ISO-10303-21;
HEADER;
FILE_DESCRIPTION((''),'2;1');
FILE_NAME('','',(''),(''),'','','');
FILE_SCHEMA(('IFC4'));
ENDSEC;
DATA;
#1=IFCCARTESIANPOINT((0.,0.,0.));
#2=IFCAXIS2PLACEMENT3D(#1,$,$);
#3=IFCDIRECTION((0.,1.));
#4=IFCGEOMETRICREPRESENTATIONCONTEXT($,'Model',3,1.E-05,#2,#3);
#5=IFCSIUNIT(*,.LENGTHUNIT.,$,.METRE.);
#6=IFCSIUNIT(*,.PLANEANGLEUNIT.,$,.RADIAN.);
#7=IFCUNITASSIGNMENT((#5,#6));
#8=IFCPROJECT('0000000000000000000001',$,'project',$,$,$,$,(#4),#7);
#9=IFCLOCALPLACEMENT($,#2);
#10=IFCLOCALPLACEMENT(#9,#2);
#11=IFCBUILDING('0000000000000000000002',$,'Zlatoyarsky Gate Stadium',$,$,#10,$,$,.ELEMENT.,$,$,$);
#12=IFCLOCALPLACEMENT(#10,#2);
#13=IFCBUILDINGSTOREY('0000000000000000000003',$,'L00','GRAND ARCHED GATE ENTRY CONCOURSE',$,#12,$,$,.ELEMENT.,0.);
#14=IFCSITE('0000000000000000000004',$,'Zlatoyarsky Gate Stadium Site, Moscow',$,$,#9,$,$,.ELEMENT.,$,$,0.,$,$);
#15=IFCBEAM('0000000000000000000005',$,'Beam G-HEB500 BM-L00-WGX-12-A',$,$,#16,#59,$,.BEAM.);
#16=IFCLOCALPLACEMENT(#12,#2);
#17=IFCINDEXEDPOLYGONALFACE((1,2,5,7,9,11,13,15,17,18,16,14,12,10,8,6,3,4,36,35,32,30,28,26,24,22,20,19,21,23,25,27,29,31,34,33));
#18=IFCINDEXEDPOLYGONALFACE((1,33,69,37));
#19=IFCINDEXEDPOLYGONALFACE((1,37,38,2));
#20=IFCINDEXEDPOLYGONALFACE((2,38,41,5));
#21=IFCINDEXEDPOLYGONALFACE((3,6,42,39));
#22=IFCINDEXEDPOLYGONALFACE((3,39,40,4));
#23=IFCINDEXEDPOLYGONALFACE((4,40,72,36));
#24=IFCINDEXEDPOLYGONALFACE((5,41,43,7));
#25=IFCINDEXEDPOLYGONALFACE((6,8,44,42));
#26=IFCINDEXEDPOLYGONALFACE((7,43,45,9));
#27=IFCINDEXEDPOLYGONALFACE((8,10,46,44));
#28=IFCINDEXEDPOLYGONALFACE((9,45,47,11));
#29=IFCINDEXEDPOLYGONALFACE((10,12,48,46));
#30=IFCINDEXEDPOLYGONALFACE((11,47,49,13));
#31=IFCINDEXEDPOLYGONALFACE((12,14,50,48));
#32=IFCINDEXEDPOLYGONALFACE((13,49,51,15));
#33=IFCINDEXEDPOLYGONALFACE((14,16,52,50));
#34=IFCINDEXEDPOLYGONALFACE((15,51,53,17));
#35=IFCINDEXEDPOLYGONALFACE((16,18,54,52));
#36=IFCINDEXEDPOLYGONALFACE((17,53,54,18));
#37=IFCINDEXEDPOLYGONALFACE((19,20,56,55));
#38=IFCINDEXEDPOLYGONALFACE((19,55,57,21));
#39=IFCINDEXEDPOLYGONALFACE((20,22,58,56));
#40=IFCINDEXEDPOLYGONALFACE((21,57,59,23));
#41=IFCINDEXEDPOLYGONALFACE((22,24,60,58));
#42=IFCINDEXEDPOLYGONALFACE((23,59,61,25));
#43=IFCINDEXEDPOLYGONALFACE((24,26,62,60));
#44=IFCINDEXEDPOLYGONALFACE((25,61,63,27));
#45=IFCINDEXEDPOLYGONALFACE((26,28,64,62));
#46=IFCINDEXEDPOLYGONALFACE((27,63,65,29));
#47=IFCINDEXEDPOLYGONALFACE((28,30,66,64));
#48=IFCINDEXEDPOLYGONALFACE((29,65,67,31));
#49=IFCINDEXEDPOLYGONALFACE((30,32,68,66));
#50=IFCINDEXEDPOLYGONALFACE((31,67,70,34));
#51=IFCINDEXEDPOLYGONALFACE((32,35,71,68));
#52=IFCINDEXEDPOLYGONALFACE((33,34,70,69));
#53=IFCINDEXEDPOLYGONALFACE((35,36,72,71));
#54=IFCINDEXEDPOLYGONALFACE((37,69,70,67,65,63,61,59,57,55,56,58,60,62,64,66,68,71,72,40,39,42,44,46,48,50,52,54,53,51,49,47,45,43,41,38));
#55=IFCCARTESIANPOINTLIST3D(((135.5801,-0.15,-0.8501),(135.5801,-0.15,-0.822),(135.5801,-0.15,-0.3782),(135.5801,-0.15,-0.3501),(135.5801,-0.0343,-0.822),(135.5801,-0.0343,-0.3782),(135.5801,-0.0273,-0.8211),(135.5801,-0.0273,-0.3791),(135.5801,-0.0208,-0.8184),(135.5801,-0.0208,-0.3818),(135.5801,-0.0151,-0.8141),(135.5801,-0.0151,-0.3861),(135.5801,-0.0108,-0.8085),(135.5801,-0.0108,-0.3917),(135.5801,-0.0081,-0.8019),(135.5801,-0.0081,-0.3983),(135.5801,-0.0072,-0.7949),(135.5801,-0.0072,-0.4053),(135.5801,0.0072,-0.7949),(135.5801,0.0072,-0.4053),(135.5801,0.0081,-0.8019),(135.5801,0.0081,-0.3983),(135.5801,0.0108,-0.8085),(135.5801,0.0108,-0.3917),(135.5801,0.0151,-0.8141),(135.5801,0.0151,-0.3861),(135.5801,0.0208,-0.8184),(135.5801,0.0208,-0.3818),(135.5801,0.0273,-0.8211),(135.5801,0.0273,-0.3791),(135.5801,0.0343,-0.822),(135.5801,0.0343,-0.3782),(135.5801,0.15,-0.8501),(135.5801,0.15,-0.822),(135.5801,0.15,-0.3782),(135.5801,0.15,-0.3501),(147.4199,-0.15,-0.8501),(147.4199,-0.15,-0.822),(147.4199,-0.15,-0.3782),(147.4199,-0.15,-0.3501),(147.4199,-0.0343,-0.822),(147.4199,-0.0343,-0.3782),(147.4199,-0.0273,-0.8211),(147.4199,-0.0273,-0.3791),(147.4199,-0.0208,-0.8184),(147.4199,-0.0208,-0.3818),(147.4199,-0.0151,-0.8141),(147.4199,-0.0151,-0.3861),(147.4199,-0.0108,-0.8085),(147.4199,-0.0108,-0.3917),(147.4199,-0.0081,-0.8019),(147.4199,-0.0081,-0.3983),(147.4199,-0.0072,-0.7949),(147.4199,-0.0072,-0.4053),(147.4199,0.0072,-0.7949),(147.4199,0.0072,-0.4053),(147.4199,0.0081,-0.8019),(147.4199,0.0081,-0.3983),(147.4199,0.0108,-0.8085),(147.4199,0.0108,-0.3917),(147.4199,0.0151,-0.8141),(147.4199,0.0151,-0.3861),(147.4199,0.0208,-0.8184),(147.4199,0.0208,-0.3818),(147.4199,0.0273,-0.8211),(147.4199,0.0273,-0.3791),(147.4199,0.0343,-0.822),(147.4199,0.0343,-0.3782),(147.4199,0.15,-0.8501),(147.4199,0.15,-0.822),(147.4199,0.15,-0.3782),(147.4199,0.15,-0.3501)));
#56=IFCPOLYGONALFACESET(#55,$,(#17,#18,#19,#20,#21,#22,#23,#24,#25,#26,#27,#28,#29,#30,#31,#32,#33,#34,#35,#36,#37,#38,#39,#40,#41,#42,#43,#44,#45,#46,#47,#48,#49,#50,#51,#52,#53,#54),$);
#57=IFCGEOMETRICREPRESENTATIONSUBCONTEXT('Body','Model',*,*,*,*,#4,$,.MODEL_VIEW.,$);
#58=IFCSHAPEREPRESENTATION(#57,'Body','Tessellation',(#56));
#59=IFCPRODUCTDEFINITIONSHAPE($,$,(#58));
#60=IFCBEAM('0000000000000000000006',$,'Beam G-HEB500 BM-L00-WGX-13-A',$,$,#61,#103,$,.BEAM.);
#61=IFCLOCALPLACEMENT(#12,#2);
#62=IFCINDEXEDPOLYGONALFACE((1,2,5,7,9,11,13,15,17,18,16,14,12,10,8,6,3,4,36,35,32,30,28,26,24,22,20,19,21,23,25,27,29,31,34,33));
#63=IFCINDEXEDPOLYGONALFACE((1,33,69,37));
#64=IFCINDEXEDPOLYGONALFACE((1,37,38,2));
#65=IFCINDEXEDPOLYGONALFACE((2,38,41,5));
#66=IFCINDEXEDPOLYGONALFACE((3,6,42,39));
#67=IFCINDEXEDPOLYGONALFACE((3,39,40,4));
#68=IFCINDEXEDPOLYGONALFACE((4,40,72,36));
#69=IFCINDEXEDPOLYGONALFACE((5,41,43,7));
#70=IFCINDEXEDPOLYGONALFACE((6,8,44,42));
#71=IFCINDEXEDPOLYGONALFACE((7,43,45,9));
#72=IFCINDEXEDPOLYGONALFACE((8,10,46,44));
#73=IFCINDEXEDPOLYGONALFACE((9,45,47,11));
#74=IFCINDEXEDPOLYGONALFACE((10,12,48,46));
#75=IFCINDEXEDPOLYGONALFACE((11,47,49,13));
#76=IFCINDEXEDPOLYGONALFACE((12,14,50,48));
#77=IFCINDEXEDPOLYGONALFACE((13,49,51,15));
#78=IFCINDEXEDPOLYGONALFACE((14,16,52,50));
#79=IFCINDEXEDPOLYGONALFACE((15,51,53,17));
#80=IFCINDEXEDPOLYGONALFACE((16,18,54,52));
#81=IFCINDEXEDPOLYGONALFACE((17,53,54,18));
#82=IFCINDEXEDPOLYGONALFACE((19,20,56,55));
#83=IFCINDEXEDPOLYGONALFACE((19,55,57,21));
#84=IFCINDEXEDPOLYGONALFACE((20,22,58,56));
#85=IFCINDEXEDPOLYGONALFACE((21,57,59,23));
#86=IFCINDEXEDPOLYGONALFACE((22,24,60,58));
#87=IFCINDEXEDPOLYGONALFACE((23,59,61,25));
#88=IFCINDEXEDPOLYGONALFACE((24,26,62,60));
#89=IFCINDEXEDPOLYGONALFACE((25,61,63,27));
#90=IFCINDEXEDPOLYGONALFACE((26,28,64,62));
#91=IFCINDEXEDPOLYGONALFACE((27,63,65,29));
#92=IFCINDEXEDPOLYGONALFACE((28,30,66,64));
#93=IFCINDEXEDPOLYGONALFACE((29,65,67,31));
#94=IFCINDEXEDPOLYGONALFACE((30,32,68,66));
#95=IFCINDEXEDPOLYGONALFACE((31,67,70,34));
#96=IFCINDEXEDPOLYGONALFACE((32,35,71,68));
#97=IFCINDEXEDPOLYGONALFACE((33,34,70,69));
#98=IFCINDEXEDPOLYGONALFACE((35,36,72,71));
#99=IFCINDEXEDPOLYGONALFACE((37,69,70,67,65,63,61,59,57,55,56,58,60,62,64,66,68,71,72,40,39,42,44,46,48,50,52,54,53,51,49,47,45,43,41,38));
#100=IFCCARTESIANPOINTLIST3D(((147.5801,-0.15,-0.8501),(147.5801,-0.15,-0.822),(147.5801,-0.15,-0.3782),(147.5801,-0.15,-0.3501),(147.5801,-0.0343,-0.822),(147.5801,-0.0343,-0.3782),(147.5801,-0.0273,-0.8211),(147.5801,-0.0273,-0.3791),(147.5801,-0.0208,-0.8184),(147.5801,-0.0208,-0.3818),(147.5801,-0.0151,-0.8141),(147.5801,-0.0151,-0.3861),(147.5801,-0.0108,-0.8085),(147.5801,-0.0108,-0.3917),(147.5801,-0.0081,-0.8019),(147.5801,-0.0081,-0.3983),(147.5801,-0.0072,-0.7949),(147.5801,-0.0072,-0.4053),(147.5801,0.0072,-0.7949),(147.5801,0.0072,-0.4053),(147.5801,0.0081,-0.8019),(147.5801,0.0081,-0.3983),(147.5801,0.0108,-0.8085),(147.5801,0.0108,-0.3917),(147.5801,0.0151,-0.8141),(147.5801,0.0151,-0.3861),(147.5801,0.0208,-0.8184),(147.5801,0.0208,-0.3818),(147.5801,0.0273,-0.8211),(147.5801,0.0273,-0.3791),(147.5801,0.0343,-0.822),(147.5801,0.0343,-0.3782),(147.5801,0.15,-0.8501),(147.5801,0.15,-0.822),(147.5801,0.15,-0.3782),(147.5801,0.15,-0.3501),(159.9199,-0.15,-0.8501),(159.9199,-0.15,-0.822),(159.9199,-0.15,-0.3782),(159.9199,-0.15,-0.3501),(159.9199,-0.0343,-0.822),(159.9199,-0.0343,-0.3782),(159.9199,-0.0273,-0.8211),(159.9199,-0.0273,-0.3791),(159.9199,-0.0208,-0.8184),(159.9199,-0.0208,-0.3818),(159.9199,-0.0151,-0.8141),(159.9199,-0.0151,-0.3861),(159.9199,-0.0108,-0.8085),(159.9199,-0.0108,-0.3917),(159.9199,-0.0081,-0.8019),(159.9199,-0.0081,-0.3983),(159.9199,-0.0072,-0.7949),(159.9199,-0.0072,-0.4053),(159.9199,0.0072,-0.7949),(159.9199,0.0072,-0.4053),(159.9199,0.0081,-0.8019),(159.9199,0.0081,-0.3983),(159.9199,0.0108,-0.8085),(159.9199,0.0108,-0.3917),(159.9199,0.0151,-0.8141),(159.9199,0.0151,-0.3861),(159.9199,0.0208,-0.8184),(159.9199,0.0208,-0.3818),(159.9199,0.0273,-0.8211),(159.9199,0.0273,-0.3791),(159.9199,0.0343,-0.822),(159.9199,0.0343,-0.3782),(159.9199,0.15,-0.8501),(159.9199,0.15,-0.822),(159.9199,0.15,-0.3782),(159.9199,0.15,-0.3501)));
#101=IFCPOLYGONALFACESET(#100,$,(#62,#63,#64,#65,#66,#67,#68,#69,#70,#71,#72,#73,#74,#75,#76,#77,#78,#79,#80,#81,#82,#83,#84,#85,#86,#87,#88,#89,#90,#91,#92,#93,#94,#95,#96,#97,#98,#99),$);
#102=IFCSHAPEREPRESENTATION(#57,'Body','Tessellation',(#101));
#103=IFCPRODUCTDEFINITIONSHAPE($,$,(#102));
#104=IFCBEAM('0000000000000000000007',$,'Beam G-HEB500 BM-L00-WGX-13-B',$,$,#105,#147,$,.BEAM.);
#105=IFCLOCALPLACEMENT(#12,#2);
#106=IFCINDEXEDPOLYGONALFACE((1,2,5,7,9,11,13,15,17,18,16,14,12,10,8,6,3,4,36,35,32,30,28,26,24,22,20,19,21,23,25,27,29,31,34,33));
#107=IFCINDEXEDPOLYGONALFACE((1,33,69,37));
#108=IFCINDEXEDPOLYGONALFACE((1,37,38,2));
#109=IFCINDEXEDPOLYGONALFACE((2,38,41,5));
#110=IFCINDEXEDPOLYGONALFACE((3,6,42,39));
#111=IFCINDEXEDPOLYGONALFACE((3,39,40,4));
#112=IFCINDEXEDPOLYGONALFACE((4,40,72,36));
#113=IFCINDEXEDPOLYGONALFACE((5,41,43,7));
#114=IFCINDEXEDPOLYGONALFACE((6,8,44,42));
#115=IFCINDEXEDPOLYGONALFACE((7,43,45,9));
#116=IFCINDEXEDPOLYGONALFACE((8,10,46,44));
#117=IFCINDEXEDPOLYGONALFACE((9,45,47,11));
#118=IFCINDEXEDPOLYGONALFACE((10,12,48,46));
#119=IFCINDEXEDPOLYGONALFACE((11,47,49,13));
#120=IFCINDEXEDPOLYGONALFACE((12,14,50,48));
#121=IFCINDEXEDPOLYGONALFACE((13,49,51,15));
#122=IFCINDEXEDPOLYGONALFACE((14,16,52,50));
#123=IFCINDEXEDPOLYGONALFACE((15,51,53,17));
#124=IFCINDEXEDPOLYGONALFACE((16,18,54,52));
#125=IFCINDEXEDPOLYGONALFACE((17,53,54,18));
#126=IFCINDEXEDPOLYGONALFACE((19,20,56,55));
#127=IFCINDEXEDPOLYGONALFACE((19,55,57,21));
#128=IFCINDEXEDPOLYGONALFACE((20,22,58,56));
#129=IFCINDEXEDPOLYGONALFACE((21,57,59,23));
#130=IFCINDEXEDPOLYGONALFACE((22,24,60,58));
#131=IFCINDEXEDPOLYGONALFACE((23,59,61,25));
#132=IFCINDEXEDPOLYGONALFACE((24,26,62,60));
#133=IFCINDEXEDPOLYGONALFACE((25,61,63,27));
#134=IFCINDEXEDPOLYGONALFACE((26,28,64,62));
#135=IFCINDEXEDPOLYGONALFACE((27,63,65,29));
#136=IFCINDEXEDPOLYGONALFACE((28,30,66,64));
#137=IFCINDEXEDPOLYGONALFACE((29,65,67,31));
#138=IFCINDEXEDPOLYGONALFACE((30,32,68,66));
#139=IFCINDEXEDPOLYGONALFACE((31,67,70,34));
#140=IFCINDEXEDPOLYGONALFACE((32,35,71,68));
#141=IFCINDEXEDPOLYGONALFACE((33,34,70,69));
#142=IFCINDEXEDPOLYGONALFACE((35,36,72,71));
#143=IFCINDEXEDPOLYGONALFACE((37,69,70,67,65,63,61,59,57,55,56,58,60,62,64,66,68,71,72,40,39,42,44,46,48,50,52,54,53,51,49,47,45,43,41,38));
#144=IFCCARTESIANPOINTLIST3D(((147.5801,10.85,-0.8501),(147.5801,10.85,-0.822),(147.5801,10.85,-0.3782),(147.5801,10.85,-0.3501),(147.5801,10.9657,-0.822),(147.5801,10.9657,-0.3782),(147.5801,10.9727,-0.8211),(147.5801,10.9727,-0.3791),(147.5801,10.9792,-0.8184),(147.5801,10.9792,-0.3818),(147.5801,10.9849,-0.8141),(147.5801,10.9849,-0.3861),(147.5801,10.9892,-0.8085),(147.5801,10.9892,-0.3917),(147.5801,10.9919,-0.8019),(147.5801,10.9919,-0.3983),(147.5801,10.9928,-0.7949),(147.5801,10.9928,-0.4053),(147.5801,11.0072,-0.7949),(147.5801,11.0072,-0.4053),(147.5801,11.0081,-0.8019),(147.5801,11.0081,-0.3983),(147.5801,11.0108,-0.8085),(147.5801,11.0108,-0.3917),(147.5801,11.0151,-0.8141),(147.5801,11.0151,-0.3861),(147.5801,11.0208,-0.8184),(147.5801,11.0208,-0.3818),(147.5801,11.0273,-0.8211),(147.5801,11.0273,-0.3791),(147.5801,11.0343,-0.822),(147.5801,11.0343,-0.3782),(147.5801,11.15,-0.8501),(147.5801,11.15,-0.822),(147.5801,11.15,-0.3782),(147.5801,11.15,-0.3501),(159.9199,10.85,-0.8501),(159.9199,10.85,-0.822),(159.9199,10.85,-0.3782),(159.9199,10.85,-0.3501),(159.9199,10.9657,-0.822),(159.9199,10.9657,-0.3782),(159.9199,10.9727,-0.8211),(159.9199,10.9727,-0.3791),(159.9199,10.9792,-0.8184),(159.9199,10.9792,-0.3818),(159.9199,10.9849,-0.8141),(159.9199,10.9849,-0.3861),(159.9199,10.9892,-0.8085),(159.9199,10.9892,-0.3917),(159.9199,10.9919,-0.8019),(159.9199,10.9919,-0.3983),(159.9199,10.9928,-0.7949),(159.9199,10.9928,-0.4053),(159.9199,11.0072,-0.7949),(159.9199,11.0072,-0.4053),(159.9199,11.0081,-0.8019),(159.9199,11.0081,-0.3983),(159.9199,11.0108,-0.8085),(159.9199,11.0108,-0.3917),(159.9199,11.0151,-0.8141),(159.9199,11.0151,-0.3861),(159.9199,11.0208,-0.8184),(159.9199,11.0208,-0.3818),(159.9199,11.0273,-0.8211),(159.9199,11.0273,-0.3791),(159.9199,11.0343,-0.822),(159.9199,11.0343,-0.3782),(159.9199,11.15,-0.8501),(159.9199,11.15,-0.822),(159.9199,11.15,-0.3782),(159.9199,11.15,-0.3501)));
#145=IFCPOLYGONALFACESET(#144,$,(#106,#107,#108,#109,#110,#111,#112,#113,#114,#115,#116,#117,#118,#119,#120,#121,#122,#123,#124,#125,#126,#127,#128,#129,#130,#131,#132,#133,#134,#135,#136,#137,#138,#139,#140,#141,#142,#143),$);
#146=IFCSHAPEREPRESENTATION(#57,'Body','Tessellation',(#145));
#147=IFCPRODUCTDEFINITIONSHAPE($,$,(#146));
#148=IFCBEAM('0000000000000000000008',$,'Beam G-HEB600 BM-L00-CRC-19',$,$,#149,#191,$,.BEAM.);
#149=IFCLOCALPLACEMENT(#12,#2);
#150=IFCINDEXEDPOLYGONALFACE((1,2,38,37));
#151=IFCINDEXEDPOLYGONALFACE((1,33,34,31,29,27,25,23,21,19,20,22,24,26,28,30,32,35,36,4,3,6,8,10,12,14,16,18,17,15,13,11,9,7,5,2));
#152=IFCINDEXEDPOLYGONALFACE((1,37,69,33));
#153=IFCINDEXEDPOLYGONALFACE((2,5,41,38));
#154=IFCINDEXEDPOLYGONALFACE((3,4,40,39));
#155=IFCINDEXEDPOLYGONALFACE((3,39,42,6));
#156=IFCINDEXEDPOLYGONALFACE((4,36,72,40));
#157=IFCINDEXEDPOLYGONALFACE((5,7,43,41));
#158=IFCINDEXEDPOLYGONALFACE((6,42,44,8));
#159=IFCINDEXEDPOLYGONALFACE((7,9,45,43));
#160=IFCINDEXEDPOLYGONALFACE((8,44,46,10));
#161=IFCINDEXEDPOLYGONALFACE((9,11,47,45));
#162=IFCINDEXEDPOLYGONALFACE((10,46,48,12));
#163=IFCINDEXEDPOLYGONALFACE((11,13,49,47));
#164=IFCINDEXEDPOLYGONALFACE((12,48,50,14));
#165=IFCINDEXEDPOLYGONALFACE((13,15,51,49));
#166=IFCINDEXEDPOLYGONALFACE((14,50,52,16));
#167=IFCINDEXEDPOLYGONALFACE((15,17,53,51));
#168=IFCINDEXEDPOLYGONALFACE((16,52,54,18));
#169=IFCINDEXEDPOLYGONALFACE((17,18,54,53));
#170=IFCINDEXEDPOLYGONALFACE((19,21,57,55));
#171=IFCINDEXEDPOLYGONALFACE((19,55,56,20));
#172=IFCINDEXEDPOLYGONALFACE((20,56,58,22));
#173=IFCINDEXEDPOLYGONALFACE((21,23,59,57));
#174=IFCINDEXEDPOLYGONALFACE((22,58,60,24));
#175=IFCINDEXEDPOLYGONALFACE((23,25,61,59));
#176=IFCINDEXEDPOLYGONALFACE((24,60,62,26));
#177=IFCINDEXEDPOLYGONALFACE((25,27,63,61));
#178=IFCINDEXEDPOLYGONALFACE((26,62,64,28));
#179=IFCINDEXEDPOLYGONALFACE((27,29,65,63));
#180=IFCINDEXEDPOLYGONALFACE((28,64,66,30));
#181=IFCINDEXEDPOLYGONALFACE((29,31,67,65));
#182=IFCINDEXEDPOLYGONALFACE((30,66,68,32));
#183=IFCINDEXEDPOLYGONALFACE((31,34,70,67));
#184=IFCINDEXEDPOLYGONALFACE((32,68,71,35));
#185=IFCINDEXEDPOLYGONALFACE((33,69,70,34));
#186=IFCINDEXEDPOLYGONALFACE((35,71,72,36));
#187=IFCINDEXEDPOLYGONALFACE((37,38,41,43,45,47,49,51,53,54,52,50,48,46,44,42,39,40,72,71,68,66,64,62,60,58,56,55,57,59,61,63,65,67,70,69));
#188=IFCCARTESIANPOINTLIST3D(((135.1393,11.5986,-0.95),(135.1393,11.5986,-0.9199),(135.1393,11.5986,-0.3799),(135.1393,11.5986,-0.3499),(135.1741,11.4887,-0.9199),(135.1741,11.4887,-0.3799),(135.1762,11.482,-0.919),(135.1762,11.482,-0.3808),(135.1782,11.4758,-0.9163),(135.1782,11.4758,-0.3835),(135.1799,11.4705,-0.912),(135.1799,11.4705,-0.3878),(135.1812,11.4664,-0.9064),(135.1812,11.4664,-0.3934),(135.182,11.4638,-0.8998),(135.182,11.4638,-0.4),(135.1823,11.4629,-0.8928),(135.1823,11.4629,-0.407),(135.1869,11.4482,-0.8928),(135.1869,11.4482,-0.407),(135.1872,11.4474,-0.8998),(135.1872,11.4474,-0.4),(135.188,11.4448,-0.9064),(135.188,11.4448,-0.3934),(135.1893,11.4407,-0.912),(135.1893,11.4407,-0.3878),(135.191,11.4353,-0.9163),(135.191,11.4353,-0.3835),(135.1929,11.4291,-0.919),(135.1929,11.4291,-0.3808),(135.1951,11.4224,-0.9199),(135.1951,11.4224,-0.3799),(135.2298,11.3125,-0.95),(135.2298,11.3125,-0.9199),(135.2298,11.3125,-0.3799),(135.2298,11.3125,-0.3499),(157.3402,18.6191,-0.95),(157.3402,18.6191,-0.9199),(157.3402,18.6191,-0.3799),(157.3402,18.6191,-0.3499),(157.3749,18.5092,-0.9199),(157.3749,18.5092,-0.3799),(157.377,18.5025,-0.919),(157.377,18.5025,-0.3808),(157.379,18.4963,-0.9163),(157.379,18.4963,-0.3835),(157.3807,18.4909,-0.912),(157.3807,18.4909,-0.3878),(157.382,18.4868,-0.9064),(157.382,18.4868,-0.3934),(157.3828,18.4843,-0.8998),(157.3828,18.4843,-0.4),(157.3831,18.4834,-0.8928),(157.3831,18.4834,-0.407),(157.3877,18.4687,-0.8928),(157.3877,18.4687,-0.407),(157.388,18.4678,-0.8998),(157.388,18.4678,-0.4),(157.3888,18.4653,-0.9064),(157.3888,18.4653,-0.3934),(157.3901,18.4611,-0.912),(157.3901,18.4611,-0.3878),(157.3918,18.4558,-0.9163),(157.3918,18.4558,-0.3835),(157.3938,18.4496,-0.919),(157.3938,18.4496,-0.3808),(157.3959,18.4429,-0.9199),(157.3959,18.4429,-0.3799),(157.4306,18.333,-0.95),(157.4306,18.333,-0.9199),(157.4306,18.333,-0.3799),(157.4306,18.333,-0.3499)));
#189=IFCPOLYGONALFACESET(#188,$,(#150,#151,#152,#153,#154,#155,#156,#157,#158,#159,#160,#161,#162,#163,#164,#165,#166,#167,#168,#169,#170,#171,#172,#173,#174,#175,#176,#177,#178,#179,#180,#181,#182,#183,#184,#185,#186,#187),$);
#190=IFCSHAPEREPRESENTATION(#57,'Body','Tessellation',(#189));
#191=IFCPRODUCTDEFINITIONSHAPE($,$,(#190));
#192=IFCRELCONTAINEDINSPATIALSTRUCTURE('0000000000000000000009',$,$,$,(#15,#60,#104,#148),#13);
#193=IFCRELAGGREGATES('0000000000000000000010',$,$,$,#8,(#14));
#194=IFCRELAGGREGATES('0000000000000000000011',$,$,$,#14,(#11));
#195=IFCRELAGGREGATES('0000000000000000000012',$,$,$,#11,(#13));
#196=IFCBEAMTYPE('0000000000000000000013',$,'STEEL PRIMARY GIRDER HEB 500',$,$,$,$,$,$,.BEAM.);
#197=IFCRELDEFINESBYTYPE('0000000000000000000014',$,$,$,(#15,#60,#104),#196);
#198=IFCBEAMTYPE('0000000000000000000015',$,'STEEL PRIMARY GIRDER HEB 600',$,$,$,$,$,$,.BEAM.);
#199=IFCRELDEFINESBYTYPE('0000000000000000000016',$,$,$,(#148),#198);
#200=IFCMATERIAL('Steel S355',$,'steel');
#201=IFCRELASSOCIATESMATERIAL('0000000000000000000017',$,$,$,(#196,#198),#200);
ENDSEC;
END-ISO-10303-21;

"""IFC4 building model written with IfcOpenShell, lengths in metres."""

from ifc_helpers import new_model, si_unit, direction, frame, origin, origin_2d, place, context, subcontext, project, spatial, i_section, extrude, material, material_profile, profile_set, type_object, element, save


model = new_model("IFC4")

# Units and contexts
model_context = context("Model", 3, precision=1e-05, world=origin(), true_north=direction((0.0, 1.0)))
body_context = subcontext(model_context, "Body", "Model", "MODEL_VIEW")
ifc_project = project(units=[si_unit("LENGTHUNIT", "METRE"), si_unit("PLANEANGLEUNIT", "RADIAN")], contexts=[model_context])

# Site, building, storey
site_placement = place(None, origin())
site = spatial("IfcSite", under=ifc_project, at=site_placement, Name="Zlatoyarsky Gate Stadium Site, Moscow", CompositionType="ELEMENT", RefElevation=0.0)
building_placement = place(site_placement, origin())
building = spatial("IfcBuilding", under=site, at=building_placement, Name="Zlatoyarsky Gate Stadium", CompositionType="ELEMENT")
storey_placement = place(building_placement, origin())
storey = spatial("IfcBuildingStorey", under=building, at=storey_placement, Name="L00", Description="GRAND ARCHED GATE ENTRY CONCOURSE", CompositionType="ELEMENT", Elevation=0.0)

# Shared definitions
ifc_material_1 = material(Name="Steel S355", Category="steel")

# Beams
ifc_material_profile_1 = material_profile(ifc_material_1, i_section(OverallWidth=0.3, OverallDepth=0.5, WebThickness=0.0144, FlangeThickness=0.0281, FilletRadius=0.0271, at=origin_2d()), Name="HEB 500")
ifc_profile_set_1 = profile_set([ifc_material_profile_1], Name="Steel S355")
beam_type_1 = type_object("IfcBeamType", Name="STEEL PRIMARY GIRDER HEB 500", PredefinedType="BEAM", material=ifc_profile_set_1)
beam_1_placement = place(storey_placement, frame((135.5801, 0.0, -0.6001), z_axis=(1.0, 0.0, 0.0), x_axis=(0.0, 1.0, 0.0)))
element("IfcBeam", 1, at=beam_1_placement, inside=storey, type_object=beam_type_1, Name="Beam G-HEB500 BM-L00-WGX-12-A", PredefinedType="BEAM", context=body_context, shape_type="SweptSolid", body=[
    extrude(i_section(OverallWidth=0.3, OverallDepth=0.5, WebThickness=0.0144, FlangeThickness=0.0281, FilletRadius=0.0271, at=origin_2d()), origin(), (0.0, 0.0, 1.0), 11.8398),
])
for number, where, z_axis, x_axis, name in (
    (2, (147.5801, 0.0, -0.6001), (1.0, 0.0, 0.0), (0.0, 1.0, 0.0), "Beam G-HEB500 BM-L00-WGX-13-A"),
    (3, (147.5801, 11.0, -0.6001), (1.0, 0.0, 0.0), (0.0, 1.0, 0.0), "Beam G-HEB500 BM-L00-WGX-13-B"),
):
    element("IfcBeam", number, at=place(storey_placement, frame(where, z_axis=z_axis, x_axis=x_axis)), inside=storey, type_object=beam_type_1, Name=name, PredefinedType="BEAM", context=body_context, shape_type="SweptSolid", body=[
        extrude(i_section(OverallWidth=0.3, OverallDepth=0.5, WebThickness=0.0144, FlangeThickness=0.0281, FilletRadius=0.0271, at=origin_2d()), origin(), (0.0, 0.0, 1.0), 12.3398),
    ])
ifc_material_profile_2 = material_profile(ifc_material_1, i_section(OverallWidth=0.3, OverallDepth=0.6001, WebThickness=0.0154, FlangeThickness=0.03, FilletRadius=0.0271, at=origin_2d()), Name="HEB 600")
ifc_profile_set_2 = profile_set([ifc_material_profile_2], Name="Steel S355")
beam_type_2 = type_object("IfcBeamType", Name="STEEL PRIMARY GIRDER HEB 600", PredefinedType="BEAM", material=ifc_profile_set_2)
beam_2_placement = place(storey_placement, frame((135.1846, 11.4556, -0.6499), z_axis=(0.953463, 0.30151, 0.0), x_axis=(-0.30151, 0.953463, 0.0)))
element("IfcBeam", 4, at=beam_2_placement, inside=storey, type_object=beam_type_2, Name="Beam G-HEB600 BM-L00-CRC-19", PredefinedType="BEAM", context=body_context, shape_type="SweptSolid", body=[
    extrude(i_section(OverallWidth=0.3, OverallDepth=0.6001, WebThickness=0.0154, FlangeThickness=0.03, FilletRadius=0.0271, at=origin_2d()), origin(), (0.0, 0.0, 1.0), 23.2844),
])

save(model, "model.ifc")
